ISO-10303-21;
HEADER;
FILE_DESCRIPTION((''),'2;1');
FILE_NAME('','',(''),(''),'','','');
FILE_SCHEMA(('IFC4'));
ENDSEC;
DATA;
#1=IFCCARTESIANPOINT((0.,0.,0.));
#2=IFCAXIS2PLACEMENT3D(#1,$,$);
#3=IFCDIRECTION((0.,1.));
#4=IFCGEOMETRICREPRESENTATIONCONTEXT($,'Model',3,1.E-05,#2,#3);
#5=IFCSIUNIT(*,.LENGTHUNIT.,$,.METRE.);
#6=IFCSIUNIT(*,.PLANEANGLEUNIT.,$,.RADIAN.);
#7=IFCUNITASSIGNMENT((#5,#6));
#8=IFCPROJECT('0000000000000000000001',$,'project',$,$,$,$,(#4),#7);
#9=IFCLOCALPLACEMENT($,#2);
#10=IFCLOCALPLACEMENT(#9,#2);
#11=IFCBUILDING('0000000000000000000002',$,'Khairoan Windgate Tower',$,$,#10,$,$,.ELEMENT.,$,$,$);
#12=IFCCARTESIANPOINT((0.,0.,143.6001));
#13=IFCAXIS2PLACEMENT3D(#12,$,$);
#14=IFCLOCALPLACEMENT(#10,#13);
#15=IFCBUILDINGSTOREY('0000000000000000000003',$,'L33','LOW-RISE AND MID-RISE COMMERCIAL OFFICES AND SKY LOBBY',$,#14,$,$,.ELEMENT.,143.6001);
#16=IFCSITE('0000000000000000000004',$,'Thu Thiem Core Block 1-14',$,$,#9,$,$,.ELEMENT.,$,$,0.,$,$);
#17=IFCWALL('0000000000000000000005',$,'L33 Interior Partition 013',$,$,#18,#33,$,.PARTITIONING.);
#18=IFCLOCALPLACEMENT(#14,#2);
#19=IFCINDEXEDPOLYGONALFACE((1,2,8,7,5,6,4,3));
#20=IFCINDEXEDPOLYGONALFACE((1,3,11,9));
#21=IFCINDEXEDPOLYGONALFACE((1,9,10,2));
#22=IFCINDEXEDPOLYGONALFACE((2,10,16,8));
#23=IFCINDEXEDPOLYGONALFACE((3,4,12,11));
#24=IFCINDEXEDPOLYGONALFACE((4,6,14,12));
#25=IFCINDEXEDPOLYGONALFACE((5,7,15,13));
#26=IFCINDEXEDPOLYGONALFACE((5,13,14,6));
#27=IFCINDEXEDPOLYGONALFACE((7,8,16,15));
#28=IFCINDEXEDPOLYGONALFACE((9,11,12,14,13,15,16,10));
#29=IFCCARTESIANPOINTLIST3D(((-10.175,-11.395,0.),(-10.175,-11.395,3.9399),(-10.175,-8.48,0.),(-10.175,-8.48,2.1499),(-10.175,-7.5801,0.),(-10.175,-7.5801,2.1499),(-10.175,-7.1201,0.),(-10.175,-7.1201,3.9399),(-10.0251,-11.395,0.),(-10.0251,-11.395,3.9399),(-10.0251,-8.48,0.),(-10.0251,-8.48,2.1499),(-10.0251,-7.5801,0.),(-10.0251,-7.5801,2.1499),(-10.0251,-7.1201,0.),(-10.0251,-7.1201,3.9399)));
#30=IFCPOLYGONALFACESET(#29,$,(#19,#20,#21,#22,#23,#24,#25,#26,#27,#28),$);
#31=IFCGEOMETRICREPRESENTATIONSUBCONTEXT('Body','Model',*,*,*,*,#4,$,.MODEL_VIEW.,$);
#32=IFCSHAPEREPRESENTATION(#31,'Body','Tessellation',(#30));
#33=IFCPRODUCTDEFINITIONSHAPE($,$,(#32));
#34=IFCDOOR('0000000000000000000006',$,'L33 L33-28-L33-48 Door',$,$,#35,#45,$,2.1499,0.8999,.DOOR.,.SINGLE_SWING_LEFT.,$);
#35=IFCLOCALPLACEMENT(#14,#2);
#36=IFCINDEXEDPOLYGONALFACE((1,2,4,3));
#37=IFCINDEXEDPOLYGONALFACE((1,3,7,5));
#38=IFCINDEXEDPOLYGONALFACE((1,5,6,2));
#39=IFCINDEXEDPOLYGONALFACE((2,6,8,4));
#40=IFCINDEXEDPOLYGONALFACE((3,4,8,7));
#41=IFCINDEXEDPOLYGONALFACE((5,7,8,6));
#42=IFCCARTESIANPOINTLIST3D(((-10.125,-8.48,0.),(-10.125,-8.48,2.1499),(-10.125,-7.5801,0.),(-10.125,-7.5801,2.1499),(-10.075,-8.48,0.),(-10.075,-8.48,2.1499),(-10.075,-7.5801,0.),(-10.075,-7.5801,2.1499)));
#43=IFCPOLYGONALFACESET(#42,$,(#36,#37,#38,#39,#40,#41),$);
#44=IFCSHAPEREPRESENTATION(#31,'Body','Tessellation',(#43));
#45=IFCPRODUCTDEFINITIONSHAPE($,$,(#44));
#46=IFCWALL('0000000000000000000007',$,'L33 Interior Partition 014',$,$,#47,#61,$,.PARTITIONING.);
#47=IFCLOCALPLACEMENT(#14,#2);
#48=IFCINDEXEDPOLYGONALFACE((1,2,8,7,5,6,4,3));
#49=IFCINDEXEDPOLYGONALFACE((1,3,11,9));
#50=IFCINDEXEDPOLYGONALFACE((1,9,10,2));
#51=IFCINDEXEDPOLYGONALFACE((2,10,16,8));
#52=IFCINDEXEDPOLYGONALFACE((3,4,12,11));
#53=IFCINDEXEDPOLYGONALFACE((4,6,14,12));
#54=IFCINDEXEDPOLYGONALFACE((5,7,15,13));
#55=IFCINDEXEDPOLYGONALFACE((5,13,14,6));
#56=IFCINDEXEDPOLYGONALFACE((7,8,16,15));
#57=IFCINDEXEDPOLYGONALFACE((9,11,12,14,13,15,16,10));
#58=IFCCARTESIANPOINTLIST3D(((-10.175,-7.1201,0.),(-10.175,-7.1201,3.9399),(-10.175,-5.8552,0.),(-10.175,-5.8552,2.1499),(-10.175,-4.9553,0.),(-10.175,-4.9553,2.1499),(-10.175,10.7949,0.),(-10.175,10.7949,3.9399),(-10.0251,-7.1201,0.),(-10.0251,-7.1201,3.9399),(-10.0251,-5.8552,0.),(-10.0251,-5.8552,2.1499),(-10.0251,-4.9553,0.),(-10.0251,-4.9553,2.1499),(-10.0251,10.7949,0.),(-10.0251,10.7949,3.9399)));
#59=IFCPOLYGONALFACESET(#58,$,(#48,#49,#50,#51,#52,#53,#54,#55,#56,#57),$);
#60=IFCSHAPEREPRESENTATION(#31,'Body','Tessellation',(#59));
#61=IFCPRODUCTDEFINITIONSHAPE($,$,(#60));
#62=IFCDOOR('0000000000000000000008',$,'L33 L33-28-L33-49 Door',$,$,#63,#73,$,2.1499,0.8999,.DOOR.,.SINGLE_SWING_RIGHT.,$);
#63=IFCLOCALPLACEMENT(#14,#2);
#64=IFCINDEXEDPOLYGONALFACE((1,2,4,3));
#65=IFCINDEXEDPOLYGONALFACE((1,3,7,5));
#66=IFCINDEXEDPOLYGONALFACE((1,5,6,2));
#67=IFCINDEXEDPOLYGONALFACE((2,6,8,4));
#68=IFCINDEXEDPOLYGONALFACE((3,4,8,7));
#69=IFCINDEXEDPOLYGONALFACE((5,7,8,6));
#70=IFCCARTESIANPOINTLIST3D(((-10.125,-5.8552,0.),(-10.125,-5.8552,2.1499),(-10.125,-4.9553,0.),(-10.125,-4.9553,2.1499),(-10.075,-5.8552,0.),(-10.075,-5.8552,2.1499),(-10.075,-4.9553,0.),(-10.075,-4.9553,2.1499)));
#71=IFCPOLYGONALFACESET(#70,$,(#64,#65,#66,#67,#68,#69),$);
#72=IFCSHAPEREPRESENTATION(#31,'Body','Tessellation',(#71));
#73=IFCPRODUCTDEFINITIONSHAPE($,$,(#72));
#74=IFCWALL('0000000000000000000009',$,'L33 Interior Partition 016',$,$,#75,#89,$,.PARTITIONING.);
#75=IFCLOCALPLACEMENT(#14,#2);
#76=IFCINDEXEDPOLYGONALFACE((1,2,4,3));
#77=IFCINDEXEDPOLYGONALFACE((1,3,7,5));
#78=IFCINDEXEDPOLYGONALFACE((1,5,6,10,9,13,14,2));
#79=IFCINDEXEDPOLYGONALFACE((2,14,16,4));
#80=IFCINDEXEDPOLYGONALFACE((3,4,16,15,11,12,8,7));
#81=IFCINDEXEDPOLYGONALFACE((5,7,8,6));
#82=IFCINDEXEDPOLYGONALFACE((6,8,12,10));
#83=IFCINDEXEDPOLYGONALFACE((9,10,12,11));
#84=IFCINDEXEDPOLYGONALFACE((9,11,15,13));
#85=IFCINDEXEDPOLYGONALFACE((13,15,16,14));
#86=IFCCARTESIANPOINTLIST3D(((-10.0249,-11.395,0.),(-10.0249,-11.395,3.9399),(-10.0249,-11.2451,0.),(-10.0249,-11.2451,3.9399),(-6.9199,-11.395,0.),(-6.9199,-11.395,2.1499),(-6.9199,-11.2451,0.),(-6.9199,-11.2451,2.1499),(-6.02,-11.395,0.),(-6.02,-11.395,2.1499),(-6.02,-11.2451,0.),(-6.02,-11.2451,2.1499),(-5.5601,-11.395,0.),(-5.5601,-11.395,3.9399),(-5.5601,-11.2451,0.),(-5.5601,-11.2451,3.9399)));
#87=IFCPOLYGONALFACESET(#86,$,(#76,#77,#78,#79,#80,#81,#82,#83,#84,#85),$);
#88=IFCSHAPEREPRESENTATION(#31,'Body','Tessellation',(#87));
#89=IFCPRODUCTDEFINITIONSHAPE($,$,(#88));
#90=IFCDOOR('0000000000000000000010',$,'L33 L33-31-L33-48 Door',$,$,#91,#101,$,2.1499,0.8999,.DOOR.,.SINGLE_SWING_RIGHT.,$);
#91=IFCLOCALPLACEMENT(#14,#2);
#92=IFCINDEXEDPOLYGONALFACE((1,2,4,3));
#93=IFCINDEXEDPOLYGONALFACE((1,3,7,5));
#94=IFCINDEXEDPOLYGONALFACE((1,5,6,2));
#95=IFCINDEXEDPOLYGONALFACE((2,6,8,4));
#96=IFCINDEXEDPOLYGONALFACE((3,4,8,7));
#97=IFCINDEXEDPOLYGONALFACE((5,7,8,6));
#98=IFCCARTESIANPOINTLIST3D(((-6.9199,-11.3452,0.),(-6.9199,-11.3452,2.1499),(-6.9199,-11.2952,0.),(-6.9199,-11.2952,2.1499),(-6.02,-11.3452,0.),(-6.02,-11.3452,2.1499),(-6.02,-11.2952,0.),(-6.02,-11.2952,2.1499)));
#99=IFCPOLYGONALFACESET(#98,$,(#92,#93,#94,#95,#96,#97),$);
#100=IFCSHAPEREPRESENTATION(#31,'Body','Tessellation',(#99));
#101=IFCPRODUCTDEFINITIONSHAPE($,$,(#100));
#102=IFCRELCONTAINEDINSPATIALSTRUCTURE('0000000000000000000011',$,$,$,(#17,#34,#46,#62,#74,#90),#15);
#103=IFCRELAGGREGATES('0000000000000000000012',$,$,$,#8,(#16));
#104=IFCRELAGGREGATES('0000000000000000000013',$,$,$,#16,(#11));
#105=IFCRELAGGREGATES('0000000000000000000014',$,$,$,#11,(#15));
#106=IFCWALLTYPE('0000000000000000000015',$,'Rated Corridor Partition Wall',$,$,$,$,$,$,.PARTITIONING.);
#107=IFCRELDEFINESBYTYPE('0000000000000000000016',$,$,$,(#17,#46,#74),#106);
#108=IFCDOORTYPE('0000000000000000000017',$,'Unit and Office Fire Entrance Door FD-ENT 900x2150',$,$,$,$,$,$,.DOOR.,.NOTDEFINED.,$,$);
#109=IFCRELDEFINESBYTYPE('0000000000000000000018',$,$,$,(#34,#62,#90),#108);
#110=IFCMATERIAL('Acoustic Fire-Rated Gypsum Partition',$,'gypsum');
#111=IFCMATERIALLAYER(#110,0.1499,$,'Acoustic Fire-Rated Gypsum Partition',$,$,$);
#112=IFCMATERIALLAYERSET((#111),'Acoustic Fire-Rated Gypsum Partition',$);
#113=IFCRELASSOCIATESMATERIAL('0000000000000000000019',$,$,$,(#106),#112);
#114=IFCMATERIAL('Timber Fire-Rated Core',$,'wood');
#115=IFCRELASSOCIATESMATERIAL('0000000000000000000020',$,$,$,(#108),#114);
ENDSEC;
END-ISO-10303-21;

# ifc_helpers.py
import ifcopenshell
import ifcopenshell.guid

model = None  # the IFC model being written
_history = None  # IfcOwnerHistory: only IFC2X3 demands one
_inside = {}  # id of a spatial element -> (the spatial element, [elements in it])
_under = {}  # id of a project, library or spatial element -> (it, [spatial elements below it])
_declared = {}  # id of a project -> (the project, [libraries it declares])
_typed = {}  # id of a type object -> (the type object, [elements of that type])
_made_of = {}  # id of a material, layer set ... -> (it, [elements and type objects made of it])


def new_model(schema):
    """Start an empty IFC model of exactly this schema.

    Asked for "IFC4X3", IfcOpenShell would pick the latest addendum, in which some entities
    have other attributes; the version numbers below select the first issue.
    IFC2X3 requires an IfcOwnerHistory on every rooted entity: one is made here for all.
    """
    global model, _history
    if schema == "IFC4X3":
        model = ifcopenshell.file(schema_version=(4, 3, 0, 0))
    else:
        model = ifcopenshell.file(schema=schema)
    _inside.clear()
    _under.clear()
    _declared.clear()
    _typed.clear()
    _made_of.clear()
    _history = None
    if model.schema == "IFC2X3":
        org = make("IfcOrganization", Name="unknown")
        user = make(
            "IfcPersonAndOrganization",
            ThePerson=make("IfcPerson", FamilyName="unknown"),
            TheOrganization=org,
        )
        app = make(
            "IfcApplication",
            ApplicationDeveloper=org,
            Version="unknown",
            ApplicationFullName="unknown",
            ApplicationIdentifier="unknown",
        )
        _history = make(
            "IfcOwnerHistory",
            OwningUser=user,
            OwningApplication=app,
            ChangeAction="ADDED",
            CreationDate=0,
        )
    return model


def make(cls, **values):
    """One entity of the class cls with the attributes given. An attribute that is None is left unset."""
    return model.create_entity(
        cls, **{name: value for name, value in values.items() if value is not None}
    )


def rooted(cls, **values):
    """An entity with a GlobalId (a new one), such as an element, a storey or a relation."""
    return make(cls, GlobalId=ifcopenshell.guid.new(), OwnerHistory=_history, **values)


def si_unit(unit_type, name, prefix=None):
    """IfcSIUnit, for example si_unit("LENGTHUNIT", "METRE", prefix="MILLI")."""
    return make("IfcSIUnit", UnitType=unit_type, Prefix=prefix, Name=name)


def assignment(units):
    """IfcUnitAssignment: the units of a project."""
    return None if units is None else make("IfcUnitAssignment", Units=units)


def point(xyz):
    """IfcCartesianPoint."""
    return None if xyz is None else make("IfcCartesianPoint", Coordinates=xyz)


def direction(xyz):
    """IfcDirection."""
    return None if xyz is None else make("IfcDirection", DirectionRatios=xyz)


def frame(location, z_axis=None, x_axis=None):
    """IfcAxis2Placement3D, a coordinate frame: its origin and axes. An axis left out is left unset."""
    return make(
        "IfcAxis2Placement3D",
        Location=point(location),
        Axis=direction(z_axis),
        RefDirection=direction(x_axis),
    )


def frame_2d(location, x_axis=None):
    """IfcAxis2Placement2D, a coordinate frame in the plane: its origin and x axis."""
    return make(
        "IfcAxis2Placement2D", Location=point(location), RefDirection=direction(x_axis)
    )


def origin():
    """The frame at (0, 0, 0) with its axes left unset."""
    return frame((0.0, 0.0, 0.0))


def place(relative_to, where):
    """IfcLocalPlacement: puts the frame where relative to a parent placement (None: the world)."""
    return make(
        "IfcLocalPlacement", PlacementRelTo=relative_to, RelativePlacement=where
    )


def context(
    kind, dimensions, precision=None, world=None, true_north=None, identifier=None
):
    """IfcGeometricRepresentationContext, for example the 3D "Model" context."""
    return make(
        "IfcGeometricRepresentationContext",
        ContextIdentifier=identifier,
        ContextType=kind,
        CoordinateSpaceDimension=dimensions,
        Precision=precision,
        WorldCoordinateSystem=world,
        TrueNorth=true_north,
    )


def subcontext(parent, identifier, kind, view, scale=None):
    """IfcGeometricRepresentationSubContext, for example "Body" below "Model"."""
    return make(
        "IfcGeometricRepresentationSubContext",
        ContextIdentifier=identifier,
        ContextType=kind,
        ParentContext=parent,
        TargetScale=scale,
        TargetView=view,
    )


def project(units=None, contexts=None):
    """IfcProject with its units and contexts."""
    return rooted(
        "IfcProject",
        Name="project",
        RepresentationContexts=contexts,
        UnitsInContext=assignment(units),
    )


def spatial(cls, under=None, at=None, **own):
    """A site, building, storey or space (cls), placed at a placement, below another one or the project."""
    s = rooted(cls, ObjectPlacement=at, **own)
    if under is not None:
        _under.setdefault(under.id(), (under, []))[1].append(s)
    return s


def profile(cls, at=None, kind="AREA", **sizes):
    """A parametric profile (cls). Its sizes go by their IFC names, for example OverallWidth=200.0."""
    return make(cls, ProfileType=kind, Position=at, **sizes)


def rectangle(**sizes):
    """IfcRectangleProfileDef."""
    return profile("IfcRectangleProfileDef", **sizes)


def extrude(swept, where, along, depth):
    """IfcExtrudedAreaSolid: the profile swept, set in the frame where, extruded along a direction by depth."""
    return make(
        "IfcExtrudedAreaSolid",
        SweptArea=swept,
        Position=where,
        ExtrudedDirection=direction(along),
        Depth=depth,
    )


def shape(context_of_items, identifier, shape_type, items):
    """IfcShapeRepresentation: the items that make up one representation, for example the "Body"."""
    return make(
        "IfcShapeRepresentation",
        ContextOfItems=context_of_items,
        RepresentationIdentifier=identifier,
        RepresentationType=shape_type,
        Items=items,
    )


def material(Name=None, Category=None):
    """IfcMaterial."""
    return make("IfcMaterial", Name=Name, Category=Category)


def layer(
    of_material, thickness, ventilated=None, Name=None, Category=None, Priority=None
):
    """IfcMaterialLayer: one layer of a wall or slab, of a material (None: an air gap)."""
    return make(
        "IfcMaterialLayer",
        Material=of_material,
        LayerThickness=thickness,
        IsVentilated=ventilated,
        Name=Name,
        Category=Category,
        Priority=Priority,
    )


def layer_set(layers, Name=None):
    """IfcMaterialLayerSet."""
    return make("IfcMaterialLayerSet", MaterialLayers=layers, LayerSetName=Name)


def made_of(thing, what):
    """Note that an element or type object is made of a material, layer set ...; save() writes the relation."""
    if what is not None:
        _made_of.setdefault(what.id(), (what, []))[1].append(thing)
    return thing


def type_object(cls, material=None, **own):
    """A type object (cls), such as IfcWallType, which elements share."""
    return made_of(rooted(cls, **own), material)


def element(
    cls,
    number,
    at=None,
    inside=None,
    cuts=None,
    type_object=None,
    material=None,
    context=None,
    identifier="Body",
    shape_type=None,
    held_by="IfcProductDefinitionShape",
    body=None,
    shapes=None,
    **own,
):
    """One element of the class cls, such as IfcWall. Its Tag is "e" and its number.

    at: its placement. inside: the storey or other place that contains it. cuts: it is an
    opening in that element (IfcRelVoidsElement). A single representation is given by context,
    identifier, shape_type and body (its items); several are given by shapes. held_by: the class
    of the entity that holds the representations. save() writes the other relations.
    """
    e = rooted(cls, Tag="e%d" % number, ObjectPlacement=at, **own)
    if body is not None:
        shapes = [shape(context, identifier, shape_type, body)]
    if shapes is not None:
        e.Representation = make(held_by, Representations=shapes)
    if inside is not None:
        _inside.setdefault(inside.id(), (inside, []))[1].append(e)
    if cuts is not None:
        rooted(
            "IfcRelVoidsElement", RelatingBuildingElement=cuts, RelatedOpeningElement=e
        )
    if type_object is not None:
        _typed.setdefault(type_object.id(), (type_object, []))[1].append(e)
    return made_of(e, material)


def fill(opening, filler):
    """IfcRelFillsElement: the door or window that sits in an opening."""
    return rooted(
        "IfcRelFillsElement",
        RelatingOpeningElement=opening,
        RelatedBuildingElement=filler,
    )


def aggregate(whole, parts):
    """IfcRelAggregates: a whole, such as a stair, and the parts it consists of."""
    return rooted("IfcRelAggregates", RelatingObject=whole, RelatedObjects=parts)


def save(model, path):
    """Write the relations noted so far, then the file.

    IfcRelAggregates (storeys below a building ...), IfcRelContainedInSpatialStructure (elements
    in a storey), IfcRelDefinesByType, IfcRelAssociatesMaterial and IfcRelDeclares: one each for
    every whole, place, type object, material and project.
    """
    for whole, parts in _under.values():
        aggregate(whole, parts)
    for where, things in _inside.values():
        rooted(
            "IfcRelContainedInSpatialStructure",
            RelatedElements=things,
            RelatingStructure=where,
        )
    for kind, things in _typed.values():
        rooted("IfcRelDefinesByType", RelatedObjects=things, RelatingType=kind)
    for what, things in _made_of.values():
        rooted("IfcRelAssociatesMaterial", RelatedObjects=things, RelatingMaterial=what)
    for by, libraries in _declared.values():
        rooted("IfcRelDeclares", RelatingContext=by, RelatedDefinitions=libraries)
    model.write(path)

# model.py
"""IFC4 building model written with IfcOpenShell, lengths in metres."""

from ifc_helpers import new_model, si_unit, direction, frame, frame_2d, origin, place, context, subcontext, project, spatial, rectangle, extrude, material, layer, layer_set, type_object, element, fill, save


model = new_model("IFC4")

# Units and contexts
model_context = context("Model", 3, precision=1e-05, world=origin(), true_north=direction((0.0, 1.0)))
body_context = subcontext(model_context, "Body", "Model", "MODEL_VIEW")
ifc_project = project(units=[si_unit("LENGTHUNIT", "METRE"), si_unit("PLANEANGLEUNIT", "RADIAN")], contexts=[model_context])

# Site, building, storey
site_placement = place(None, origin())
site = spatial("IfcSite", under=ifc_project, at=site_placement, Name="Thu Thiem Core Block 1-14", CompositionType="ELEMENT", RefElevation=0.0)
building_placement = place(site_placement, origin())
building = spatial("IfcBuilding", under=site, at=building_placement, Name="Khairoan Windgate Tower", CompositionType="ELEMENT")
storey_placement = place(building_placement, frame((0.0, 0.0, 143.6001)))
storey = spatial("IfcBuildingStorey", under=building, at=storey_placement, Name="L33", Description="LOW-RISE AND MID-RISE COMMERCIAL OFFICES AND SKY LOBBY", CompositionType="ELEMENT", Elevation=143.6001)

# Walls, openings, doors
ifc_material_1 = material(Name="Acoustic Fire-Rated Gypsum Partition", Category="gypsum")
ifc_layer_1 = layer(ifc_material_1, 0.1499, Name="Acoustic Fire-Rated Gypsum Partition")
ifc_layer_set_1 = layer_set([ifc_layer_1], Name="Acoustic Fire-Rated Gypsum Partition")
wall_type_1 = type_object("IfcWallType", Name="Rated Corridor Partition Wall", PredefinedType="PARTITIONING", material=ifc_layer_set_1)
wall_1_placement = place(storey_placement, frame((-10.1001, -11.395, 0.0), z_axis=(0.0, 0.0, 1.0), x_axis=(0.0, 1.0, 0.0)))
wall_1 = element("IfcWall", 1, at=wall_1_placement, inside=storey, type_object=wall_type_1, Name="L33 Interior Partition 013", PredefinedType="PARTITIONING", context=body_context, shape_type="SweptSolid", body=[
    extrude(rectangle(XDim=4.2749, YDim=0.1499, at=frame_2d((2.1375, 0.0))), origin(), (0.0, 0.0, 1.0), 3.9399),
])
opening_1_placement = place(wall_1_placement, frame((2.915, 0.0, 0.0)))
opening_1 = element("IfcOpeningElement", 2, at=opening_1_placement, cuts=wall_1, PredefinedType="OPENING", context=body_context, shape_type="SweptSolid", body=[
    extrude(rectangle(XDim=0.8999, YDim=2.1499, at=frame_2d((0.45, 1.075))), frame((0.0, 0.085, 0.0), z_axis=(0.0, -1.0, 0.0), x_axis=(1.0, 0.0, 0.0)), (0.0, 0.0, 1.0), 0.1699),
])
ifc_material_2 = material(Name="Timber Fire-Rated Core", Category="wood")
door_type = type_object("IfcDoorType", Name="Unit and Office Fire Entrance Door FD-ENT 900x2150", OperationType="NOTDEFINED", PredefinedType="DOOR", material=ifc_material_2)
door_1_placement = place(opening_1_placement, origin())
door_1 = element("IfcDoor", 3, at=door_1_placement, inside=storey, type_object=door_type, Name="L33 L33-28-L33-48 Door", OperationType="SINGLE_SWING_LEFT", OverallHeight=2.1499, OverallWidth=0.8999, PredefinedType="DOOR", context=body_context, shape_type="SweptSolid", body=[
    extrude(rectangle(XDim=0.8999, YDim=2.1499, at=frame_2d((0.45, 1.075))), frame((0.0, 0.0249, 0.0), z_axis=(0.0, -1.0, 0.0), x_axis=(1.0, 0.0, 0.0)), (0.0, 0.0, 1.0), 0.05),
])
fill(opening_1, door_1)
wall_2_placement = place(storey_placement, frame((-10.1001, -7.1201, 0.0), z_axis=(0.0, 0.0, 1.0), x_axis=(0.0, 1.0, 0.0)))
wall_2 = element("IfcWall", 4, at=wall_2_placement, inside=storey, type_object=wall_type_1, Name="L33 Interior Partition 014", PredefinedType="PARTITIONING", context=body_context, shape_type="SweptSolid", body=[
    extrude(rectangle(XDim=17.915, YDim=0.1499, at=frame_2d((8.9575, 0.0))), origin(), (0.0, 0.0, 1.0), 3.9399),
])
opening_2_placement = place(wall_2_placement, frame((1.2649, 0.0, 0.0)))
opening_2 = element("IfcOpeningElement", 5, at=opening_2_placement, cuts=wall_2, PredefinedType="OPENING", context=body_context, shape_type="SweptSolid", body=[
    extrude(rectangle(XDim=0.8999, YDim=2.1499, at=frame_2d((0.45, 1.075))), frame((0.0, 0.085, 0.0), z_axis=(0.0, -1.0, 0.0), x_axis=(1.0, 0.0, 0.0)), (0.0, 0.0, 1.0), 0.1699),
])
door_2_placement = place(opening_2_placement, origin())
door_2 = element("IfcDoor", 6, at=door_2_placement, inside=storey, type_object=door_type, Name="L33 L33-28-L33-49 Door", OperationType="SINGLE_SWING_RIGHT", OverallHeight=2.1499, OverallWidth=0.8999, PredefinedType="DOOR", context=body_context, shape_type="SweptSolid", body=[
    extrude(rectangle(XDim=0.8999, YDim=2.1499, at=frame_2d((0.45, 1.075))), frame((0.0, 0.0249, 0.0), z_axis=(0.0, -1.0, 0.0), x_axis=(1.0, 0.0, 0.0)), (0.0, 0.0, 1.0), 0.05),
])
fill(opening_2, door_2)
wall_3_placement = place(storey_placement, frame((-10.0249, -11.3201, 0.0), z_axis=(0.0, 0.0, 1.0), x_axis=(1.0, 0.0, 0.0)))
wall_3 = element("IfcWall", 7, at=wall_3_placement, inside=storey, type_object=wall_type_1, Name="L33 Interior Partition 016", PredefinedType="PARTITIONING", context=body_context, shape_type="SweptSolid", body=[
    extrude(rectangle(XDim=4.4648, YDim=0.1499, at=frame_2d((2.2324, 0.0))), origin(), (0.0, 0.0, 1.0), 3.9399),
])
opening_3_placement = place(wall_3_placement, frame((3.105, 0.0, 0.0)))
opening_3 = element("IfcOpeningElement", 8, at=opening_3_placement, cuts=wall_3, PredefinedType="OPENING", context=body_context, shape_type="SweptSolid", body=[
    extrude(rectangle(XDim=0.8999, YDim=2.1499, at=frame_2d((0.45, 1.075))), frame((0.0, 0.085, 0.0), z_axis=(0.0, -1.0, 0.0), x_axis=(1.0, 0.0, 0.0)), (0.0, 0.0, 1.0), 0.1699),
])
door_3_placement = place(opening_3_placement, origin())
door_3 = element("IfcDoor", 9, at=door_3_placement, inside=storey, type_object=door_type, Name="L33 L33-31-L33-48 Door", OperationType="SINGLE_SWING_RIGHT", OverallHeight=2.1499, OverallWidth=0.8999, PredefinedType="DOOR", context=body_context, shape_type="SweptSolid", body=[
    extrude(rectangle(XDim=0.8999, YDim=2.1499, at=frame_2d((0.45, 1.075))), frame((0.0, 0.0249, 0.0), z_axis=(0.0, -1.0, 0.0), x_axis=(1.0, 0.0, 0.0)), (0.0, 0.0, 1.0), 0.05),
])
fill(opening_3, door_3)

save(model, "model.ifc")
